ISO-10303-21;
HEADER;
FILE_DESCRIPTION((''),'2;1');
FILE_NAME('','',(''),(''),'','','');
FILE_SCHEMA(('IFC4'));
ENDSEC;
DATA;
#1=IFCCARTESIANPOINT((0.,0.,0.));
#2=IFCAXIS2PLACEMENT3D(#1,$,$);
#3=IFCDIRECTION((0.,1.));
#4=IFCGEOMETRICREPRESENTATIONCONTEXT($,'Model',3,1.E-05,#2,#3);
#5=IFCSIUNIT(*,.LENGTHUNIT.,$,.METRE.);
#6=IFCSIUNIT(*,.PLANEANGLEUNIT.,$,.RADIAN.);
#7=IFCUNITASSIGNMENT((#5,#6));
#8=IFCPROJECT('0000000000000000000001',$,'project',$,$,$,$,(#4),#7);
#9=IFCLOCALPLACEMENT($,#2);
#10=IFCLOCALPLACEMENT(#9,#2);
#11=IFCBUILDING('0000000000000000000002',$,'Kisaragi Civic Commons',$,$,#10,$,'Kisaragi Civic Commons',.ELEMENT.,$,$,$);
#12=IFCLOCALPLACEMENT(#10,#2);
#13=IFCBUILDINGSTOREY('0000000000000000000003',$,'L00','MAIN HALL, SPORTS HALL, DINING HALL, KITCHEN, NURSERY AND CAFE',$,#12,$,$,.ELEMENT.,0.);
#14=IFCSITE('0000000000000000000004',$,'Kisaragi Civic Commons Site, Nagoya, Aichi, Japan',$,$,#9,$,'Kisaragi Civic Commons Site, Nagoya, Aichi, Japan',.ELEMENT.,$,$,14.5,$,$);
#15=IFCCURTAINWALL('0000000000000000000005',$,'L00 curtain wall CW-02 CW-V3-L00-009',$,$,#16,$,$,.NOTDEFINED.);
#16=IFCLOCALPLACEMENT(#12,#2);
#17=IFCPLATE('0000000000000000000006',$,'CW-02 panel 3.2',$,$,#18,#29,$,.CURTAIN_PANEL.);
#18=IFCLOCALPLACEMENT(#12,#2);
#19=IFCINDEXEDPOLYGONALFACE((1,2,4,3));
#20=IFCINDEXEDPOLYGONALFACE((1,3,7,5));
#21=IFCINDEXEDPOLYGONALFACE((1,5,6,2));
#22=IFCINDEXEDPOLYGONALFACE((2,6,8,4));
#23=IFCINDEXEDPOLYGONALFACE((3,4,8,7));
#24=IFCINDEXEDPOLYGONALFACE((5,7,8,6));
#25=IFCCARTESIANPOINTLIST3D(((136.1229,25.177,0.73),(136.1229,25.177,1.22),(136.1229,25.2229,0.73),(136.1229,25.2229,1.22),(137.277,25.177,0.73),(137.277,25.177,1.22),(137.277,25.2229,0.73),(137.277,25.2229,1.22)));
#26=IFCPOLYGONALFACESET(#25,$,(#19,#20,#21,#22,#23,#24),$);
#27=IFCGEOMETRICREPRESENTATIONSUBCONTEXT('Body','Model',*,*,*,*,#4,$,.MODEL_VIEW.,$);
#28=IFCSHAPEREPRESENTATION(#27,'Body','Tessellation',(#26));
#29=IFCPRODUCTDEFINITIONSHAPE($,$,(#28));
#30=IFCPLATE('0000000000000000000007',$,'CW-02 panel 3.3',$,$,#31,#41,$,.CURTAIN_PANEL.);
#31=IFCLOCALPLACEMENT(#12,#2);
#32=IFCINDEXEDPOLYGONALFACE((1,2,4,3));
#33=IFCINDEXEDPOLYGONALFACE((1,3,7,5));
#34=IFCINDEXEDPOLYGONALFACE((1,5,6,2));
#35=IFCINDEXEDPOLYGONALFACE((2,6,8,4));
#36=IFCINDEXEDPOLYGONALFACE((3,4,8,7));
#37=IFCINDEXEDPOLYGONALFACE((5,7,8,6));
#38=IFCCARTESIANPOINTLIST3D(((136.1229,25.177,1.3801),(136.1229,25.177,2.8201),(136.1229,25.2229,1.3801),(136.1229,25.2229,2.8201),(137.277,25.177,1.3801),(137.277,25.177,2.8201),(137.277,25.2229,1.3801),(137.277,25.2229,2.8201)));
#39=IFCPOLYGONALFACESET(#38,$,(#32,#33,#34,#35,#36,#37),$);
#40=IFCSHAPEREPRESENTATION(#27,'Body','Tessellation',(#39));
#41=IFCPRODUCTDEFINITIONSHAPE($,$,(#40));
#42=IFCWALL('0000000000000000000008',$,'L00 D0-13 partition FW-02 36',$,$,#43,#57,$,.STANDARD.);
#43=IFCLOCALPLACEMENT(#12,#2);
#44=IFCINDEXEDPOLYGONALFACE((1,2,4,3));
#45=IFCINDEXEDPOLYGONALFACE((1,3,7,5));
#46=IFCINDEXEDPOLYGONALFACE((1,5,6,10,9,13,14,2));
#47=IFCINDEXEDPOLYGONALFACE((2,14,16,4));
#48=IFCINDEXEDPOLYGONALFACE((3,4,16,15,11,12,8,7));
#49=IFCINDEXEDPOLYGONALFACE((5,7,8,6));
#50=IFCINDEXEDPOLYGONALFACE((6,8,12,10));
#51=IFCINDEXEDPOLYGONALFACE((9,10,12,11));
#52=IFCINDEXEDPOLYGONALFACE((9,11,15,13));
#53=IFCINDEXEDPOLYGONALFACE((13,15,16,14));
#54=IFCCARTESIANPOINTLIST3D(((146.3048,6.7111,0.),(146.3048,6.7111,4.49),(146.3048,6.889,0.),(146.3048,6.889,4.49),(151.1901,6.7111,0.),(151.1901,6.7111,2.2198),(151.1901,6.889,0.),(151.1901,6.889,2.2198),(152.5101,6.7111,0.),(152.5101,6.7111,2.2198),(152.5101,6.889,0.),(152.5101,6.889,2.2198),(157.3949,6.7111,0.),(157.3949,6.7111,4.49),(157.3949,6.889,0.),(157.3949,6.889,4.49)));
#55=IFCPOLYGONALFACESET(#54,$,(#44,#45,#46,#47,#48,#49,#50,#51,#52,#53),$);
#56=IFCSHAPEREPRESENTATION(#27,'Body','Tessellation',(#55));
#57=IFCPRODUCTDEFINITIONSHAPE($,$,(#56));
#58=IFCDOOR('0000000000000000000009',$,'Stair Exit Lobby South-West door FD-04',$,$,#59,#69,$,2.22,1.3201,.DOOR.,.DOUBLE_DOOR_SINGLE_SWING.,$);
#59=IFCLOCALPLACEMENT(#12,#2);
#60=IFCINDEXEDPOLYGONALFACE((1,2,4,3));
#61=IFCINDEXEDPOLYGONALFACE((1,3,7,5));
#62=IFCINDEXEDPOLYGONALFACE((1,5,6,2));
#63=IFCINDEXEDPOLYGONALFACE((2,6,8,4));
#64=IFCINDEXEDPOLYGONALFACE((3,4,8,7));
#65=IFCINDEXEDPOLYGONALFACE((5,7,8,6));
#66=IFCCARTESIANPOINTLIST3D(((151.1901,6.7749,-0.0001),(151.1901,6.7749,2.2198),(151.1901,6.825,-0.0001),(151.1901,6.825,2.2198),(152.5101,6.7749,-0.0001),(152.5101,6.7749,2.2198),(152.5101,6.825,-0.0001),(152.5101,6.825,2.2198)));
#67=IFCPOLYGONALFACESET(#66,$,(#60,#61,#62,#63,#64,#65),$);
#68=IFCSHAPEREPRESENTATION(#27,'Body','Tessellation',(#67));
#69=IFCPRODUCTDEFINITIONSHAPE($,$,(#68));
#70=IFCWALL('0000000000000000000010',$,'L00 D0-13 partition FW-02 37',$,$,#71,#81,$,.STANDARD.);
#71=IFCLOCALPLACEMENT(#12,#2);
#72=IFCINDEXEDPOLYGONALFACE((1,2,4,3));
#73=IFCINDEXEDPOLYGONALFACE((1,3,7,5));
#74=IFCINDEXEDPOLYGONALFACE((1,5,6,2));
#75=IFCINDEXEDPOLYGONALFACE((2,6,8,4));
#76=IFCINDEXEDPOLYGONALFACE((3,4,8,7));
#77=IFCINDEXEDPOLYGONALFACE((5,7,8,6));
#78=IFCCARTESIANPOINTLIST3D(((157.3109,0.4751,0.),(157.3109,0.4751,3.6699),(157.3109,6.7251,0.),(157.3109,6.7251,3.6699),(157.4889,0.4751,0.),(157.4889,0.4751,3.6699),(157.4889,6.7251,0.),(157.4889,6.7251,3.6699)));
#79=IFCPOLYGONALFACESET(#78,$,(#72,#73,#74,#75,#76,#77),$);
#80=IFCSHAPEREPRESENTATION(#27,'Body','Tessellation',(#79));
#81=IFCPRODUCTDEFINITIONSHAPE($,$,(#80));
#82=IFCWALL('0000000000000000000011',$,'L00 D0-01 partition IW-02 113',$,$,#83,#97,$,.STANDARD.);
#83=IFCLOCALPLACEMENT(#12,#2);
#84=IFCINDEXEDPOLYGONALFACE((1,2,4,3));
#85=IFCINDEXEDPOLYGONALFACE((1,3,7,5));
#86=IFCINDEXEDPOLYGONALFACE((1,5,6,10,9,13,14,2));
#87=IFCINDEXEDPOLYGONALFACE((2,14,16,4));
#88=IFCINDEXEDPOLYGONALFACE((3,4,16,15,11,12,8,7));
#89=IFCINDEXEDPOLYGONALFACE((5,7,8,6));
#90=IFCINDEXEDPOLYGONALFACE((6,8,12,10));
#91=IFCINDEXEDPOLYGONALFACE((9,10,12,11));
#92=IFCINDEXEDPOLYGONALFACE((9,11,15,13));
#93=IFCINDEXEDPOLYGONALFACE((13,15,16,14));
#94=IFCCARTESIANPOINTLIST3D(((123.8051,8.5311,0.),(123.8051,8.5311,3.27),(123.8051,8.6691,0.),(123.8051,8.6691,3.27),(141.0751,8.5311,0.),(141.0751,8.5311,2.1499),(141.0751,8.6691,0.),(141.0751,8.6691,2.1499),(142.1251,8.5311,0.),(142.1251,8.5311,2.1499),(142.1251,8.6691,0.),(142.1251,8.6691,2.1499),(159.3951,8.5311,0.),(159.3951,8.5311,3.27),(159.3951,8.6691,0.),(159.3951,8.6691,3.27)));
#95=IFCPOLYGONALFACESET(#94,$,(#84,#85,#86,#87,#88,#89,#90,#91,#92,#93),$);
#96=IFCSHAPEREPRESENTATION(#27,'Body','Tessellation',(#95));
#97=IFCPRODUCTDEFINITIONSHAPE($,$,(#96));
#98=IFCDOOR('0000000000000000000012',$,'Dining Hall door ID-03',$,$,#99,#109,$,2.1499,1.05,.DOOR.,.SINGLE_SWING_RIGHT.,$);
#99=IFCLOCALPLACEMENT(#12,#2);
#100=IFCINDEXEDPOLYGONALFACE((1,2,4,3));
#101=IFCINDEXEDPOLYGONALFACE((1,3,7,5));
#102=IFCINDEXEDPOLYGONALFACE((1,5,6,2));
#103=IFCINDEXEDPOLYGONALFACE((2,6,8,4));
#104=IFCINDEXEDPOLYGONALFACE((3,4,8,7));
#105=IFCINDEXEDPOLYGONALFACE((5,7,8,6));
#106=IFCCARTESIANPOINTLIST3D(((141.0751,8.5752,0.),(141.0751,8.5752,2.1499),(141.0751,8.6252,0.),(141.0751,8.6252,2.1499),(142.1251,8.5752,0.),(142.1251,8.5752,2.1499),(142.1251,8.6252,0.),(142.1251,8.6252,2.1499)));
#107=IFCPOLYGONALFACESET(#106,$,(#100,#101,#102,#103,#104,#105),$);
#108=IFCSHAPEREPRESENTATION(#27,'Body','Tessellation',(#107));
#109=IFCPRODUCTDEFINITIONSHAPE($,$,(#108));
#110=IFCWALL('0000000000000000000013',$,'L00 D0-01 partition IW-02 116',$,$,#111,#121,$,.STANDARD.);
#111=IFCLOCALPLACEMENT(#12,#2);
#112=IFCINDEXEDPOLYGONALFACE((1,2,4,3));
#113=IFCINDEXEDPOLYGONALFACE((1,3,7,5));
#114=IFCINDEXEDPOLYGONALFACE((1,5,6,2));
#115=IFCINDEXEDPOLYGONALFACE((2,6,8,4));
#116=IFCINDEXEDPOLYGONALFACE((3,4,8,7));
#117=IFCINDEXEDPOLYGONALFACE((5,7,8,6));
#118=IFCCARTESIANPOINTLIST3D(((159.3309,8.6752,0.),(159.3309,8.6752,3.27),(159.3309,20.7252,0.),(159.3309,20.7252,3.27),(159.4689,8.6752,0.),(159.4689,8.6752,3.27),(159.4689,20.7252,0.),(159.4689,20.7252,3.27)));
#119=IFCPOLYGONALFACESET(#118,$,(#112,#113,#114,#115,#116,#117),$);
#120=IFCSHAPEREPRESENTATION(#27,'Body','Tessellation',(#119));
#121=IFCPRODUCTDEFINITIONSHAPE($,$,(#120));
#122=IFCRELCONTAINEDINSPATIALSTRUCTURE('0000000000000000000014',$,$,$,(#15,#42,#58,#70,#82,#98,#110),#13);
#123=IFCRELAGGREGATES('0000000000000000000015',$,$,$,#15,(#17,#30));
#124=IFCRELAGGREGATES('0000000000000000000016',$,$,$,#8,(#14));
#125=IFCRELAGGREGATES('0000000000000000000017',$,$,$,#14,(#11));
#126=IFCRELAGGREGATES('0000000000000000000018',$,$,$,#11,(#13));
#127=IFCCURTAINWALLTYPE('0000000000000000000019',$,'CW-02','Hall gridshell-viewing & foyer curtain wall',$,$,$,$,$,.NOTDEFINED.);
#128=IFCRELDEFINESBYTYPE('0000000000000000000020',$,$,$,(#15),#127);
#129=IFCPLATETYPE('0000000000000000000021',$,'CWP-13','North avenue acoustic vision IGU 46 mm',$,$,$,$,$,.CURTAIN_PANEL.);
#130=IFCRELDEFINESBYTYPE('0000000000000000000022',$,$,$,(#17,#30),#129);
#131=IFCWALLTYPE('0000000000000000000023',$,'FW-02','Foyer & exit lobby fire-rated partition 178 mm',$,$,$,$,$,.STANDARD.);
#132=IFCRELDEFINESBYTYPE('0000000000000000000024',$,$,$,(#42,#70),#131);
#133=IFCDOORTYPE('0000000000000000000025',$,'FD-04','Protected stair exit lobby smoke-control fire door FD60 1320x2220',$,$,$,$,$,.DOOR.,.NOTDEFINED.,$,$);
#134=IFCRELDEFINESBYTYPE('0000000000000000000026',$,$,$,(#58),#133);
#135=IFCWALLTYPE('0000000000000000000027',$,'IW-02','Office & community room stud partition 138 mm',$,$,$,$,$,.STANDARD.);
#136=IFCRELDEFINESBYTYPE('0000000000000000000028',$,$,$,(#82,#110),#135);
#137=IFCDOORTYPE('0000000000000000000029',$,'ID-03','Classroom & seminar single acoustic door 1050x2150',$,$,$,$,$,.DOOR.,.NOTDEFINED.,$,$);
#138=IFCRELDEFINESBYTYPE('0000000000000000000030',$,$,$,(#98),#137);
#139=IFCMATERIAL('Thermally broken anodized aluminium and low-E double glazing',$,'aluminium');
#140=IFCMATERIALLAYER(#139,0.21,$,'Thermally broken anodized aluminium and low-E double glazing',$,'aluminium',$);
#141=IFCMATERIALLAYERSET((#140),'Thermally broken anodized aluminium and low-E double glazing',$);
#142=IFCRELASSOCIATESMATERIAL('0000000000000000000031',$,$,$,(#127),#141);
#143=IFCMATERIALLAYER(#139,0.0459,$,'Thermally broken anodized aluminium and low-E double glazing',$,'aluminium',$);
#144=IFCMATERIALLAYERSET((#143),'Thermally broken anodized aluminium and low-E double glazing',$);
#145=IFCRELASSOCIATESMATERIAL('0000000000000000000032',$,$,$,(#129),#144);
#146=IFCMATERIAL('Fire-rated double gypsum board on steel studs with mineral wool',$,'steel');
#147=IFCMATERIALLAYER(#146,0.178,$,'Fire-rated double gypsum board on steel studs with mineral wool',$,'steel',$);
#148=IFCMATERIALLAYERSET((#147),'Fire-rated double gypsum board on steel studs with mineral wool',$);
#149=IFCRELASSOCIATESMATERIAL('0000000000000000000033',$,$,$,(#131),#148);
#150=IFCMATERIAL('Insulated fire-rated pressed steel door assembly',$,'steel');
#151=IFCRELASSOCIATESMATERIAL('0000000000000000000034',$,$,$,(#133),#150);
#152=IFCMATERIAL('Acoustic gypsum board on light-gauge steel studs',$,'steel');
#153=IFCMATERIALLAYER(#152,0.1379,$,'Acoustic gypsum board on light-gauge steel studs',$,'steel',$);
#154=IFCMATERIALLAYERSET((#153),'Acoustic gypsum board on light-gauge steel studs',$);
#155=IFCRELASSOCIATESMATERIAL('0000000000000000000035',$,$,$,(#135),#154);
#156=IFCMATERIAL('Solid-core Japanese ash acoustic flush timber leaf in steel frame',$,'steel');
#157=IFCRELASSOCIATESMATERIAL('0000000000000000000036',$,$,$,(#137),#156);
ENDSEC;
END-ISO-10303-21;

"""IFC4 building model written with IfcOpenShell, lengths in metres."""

from ifc_helpers import new_model, si_unit, direction, frame, frame_2d, origin, origin_2d, place, context, subcontext, project, spatial, rectangle, extrude, material, layer, layer_set, type_object, element, fill, aggregate, save


model = new_model("IFC4")

# Units and contexts
model_context = context("Model", 3, precision=1e-05, world=origin(), true_north=direction((0.0, 1.0)))
body_context = subcontext(model_context, "Body", "Model", "MODEL_VIEW")
ifc_project = project(units=[si_unit("LENGTHUNIT", "METRE"), si_unit("PLANEANGLEUNIT", "RADIAN")], contexts=[model_context])

# Site, building, storey
site_placement = place(None, origin())
site = spatial("IfcSite", under=ifc_project, at=site_placement, Name="Kisaragi Civic Commons Site, Nagoya, Aichi, Japan", LongName="Kisaragi Civic Commons Site, Nagoya, Aichi, Japan", CompositionType="ELEMENT", RefElevation=14.5)
building_placement = place(site_placement, origin())
building = spatial("IfcBuilding", under=site, at=building_placement, Name="Kisaragi Civic Commons", LongName="Kisaragi Civic Commons", CompositionType="ELEMENT")
storey_placement = place(building_placement, origin())
storey = spatial("IfcBuildingStorey", under=building, at=storey_placement, Name="L00", Description="MAIN HALL, SPORTS HALL, DINING HALL, KITCHEN, NURSERY AND CAFE", CompositionType="ELEMENT", Elevation=0.0)

# Curtain wall
ifc_material_1 = material(Name="Thermally broken anodized aluminium and low-E double glazing", Category="aluminium")
ifc_layer_1 = layer(ifc_material_1, 0.21, Name="Thermally broken anodized aluminium and low-E double glazing", Category="aluminium")
ifc_layer_set_1 = layer_set([ifc_layer_1], Name="Thermally broken anodized aluminium and low-E double glazing")
curtain_wall_type = type_object("IfcCurtainWallType", Name="CW-02", Description="Hall gridshell-viewing & foyer curtain wall", PredefinedType="NOTDEFINED", material=ifc_layer_set_1)
curtain_wall_placement = place(storey_placement, origin())
curtain_wall = element("IfcCurtainWall", 1, at=curtain_wall_placement, inside=storey, type_object=curtain_wall_type, Name="L00 curtain wall CW-02 CW-V3-L00-009", PredefinedType="NOTDEFINED")

# Plates
ifc_layer_2 = layer(ifc_material_1, 0.0459, Name="Thermally broken anodized aluminium and low-E double glazing", Category="aluminium")
ifc_layer_set_2 = layer_set([ifc_layer_2], Name="Thermally broken anodized aluminium and low-E double glazing")
plate_type = type_object("IfcPlateType", Name="CWP-13", Description="North avenue acoustic vision IGU 46 mm", PredefinedType="CURTAIN_PANEL", material=ifc_layer_set_2)
plate_1_placement = place(storey_placement, frame((136.7, 25.2, 0.73), z_axis=(0.0, 0.0, 1.0), x_axis=(1.0, 0.0, 0.0)))
plate_1 = element("IfcPlate", 2, at=plate_1_placement, type_object=plate_type, Name="CW-02 panel 3.2", PredefinedType="CURTAIN_PANEL", context=body_context, shape_type="SweptSolid", body=[
    extrude(rectangle(XDim=1.1541, YDim=0.0459, at=origin_2d()), origin(), (0.0, 0.0, 1.0), 0.49),
])
plate_2_placement = place(storey_placement, frame((136.7, 25.2, 1.3801), z_axis=(0.0, 0.0, 1.0), x_axis=(1.0, 0.0, 0.0)))
plate_2 = element("IfcPlate", 3, at=plate_2_placement, type_object=plate_type, Name="CW-02 panel 3.3", PredefinedType="CURTAIN_PANEL", context=body_context, shape_type="SweptSolid", body=[
    extrude(rectangle(XDim=1.1541, YDim=0.0459, at=origin_2d()), origin(), (0.0, 0.0, 1.0), 1.4399),
])
aggregate(curtain_wall, [plate_1, plate_2])

# Wall, opening, door
ifc_material_2 = material(Name="Fire-rated double gypsum board on steel studs with mineral wool", Category="steel")
ifc_layer_3 = layer(ifc_material_2, 0.178, Name="Fire-rated double gypsum board on steel studs with mineral wool", Category="steel")
ifc_layer_set_3 = layer_set([ifc_layer_3], Name="Fire-rated double gypsum board on steel studs with mineral wool")
wall_type_1 = type_object("IfcWallType", Name="FW-02", Description="Foyer & exit lobby fire-rated partition 178 mm", PredefinedType="STANDARD", material=ifc_layer_set_3)
wall_1_placement = place(storey_placement, frame((146.3049, 6.8, 0.0), z_axis=(0.0, 0.0, 1.0), x_axis=(1.0, 0.0, 0.0)))
wall_1 = element("IfcWall", 4, at=wall_1_placement, inside=storey, type_object=wall_type_1, Name="L00 D0-13 partition FW-02 36", PredefinedType="STANDARD", context=body_context, shape_type="SweptSolid", body=[
    extrude(rectangle(XDim=11.0901, YDim=0.178, at=frame_2d((5.5449, 0.0))), origin(), (0.0, 0.0, 1.0), 4.49),
])
opening_1_placement = place(wall_1_placement, frame((4.885, 0.0, 0.0)))
opening_1 = element("IfcOpeningElement", 5, at=opening_1_placement, cuts=wall_1, PredefinedType="OPENING", context=body_context, shape_type="SweptSolid", body=[
    extrude(rectangle(XDim=1.3201, YDim=2.22, at=frame_2d((0.6602, 1.1099))), frame((0.0, 0.0989, 0.0), z_axis=(0.0, -1.0, 0.0), x_axis=(1.0, 0.0, 0.0)), (0.0, 0.0, 1.0), 0.198),
])
ifc_material_3 = material(Name="Insulated fire-rated pressed steel door assembly", Category="steel")
door_type_1 = type_object("IfcDoorType", Name="FD-04", Description="Protected stair exit lobby smoke-control fire door FD60 1320x2220", OperationType="NOTDEFINED", PredefinedType="DOOR", material=ifc_material_3)
door_1_placement = place(opening_1_placement, origin())
door_1 = element("IfcDoor", 6, at=door_1_placement, inside=storey, type_object=door_type_1, Name="Stair Exit Lobby South-West door FD-04", OperationType="DOUBLE_DOOR_SINGLE_SWING", OverallHeight=2.22, OverallWidth=1.3201, PredefinedType="DOOR", context=body_context, shape_type="SweptSolid", body=[
    extrude(rectangle(XDim=1.3201, YDim=2.22, at=frame_2d((0.6602, 1.1099))), frame((0.0, 0.0249, 0.0), z_axis=(0.0, -1.0, 0.0), x_axis=(1.0, 0.0, 0.0)), (0.0, 0.0, 1.0), 0.05),
])
fill(opening_1, door_1)

# Wall
wall_2_placement = place(storey_placement, frame((157.3999, 6.7251, 0.0), z_axis=(0.0, 0.0, 1.0), x_axis=(0.0, -1.0, 0.0)))
element("IfcWall", 7, at=wall_2_placement, inside=storey, type_object=wall_type_1, Name="L00 D0-13 partition FW-02 37", PredefinedType="STANDARD", context=body_context, shape_type="SweptSolid", body=[
    extrude(rectangle(XDim=6.25, YDim=0.178, at=frame_2d((3.125, 0.0))), origin(), (0.0, 0.0, 1.0), 3.6699),
])

# Wall, opening, door
ifc_material_4 = material(Name="Acoustic gypsum board on light-gauge steel studs", Category="steel")
ifc_layer_4 = layer(ifc_material_4, 0.1379, Name="Acoustic gypsum board on light-gauge steel studs", Category="steel")
ifc_layer_set_4 = layer_set([ifc_layer_4], Name="Acoustic gypsum board on light-gauge steel studs")
wall_type_2 = type_object("IfcWallType", Name="IW-02", Description="Office & community room stud partition 138 mm", PredefinedType="STANDARD", material=ifc_layer_set_4)
wall_3_placement = place(storey_placement, frame((159.395, 8.6001, 0.0), z_axis=(0.0, 0.0, 1.0), x_axis=(-1.0, 0.0, 0.0)))
wall_3 = element("IfcWall", 8, at=wall_3_placement, inside=storey, type_object=wall_type_2, Name="L00 D0-01 partition IW-02 113", PredefinedType="STANDARD", context=body_context, shape_type="SweptSolid", body=[
    extrude(rectangle(XDim=35.5901, YDim=0.1379, at=frame_2d((17.7949, 0.0))), origin(), (0.0, 0.0, 1.0), 3.27),
])
opening_2_placement = place(wall_3_placement, frame((17.27, 0.0, 0.0)))
opening_2 = element("IfcOpeningElement", 9, at=opening_2_placement, cuts=wall_3, PredefinedType="OPENING", context=body_context, shape_type="SweptSolid", body=[
    extrude(rectangle(XDim=1.05, YDim=2.1499, at=frame_2d((0.5249, 1.075))), frame((0.0, 0.0789, 0.0), z_axis=(0.0, -1.0, 0.0), x_axis=(1.0, 0.0, 0.0)), (0.0, 0.0, 1.0), 0.158),
])
ifc_material_5 = material(Name="Solid-core Japanese ash acoustic flush timber leaf in steel frame", Category="steel")
door_type_2 = type_object("IfcDoorType", Name="ID-03", Description="Classroom & seminar single acoustic door 1050x2150", OperationType="NOTDEFINED", PredefinedType="DOOR", material=ifc_material_5)
door_2_placement = place(opening_2_placement, origin())
door_2 = element("IfcDoor", 10, at=door_2_placement, inside=storey, type_object=door_type_2, Name="Dining Hall door ID-03", OperationType="SINGLE_SWING_RIGHT", OverallHeight=2.1499, OverallWidth=1.05, PredefinedType="DOOR", context=body_context, shape_type="SweptSolid", body=[
    extrude(rectangle(XDim=1.05, YDim=2.1499, at=frame_2d((0.5249, 1.075))), frame((0.0, 0.0249, 0.0), z_axis=(0.0, -1.0, 0.0), x_axis=(1.0, 0.0, 0.0)), (0.0, 0.0, 1.0), 0.05),
])
fill(opening_2, door_2)

# Wall
wall_4_placement = place(storey_placement, frame((159.3999, 20.7251, 0.0), z_axis=(0.0, 0.0, 1.0), x_axis=(0.0, -1.0, 0.0)))
element("IfcWall", 11, at=wall_4_placement, inside=storey, type_object=wall_type_2, Name="L00 D0-01 partition IW-02 116", PredefinedType="STANDARD", context=body_context, shape_type="SweptSolid", body=[
    extrude(rectangle(XDim=12.05, YDim=0.1379, at=frame_2d((6.0249, 0.0))), origin(), (0.0, 0.0, 1.0), 3.27),
])

save(model, "model.ifc")
